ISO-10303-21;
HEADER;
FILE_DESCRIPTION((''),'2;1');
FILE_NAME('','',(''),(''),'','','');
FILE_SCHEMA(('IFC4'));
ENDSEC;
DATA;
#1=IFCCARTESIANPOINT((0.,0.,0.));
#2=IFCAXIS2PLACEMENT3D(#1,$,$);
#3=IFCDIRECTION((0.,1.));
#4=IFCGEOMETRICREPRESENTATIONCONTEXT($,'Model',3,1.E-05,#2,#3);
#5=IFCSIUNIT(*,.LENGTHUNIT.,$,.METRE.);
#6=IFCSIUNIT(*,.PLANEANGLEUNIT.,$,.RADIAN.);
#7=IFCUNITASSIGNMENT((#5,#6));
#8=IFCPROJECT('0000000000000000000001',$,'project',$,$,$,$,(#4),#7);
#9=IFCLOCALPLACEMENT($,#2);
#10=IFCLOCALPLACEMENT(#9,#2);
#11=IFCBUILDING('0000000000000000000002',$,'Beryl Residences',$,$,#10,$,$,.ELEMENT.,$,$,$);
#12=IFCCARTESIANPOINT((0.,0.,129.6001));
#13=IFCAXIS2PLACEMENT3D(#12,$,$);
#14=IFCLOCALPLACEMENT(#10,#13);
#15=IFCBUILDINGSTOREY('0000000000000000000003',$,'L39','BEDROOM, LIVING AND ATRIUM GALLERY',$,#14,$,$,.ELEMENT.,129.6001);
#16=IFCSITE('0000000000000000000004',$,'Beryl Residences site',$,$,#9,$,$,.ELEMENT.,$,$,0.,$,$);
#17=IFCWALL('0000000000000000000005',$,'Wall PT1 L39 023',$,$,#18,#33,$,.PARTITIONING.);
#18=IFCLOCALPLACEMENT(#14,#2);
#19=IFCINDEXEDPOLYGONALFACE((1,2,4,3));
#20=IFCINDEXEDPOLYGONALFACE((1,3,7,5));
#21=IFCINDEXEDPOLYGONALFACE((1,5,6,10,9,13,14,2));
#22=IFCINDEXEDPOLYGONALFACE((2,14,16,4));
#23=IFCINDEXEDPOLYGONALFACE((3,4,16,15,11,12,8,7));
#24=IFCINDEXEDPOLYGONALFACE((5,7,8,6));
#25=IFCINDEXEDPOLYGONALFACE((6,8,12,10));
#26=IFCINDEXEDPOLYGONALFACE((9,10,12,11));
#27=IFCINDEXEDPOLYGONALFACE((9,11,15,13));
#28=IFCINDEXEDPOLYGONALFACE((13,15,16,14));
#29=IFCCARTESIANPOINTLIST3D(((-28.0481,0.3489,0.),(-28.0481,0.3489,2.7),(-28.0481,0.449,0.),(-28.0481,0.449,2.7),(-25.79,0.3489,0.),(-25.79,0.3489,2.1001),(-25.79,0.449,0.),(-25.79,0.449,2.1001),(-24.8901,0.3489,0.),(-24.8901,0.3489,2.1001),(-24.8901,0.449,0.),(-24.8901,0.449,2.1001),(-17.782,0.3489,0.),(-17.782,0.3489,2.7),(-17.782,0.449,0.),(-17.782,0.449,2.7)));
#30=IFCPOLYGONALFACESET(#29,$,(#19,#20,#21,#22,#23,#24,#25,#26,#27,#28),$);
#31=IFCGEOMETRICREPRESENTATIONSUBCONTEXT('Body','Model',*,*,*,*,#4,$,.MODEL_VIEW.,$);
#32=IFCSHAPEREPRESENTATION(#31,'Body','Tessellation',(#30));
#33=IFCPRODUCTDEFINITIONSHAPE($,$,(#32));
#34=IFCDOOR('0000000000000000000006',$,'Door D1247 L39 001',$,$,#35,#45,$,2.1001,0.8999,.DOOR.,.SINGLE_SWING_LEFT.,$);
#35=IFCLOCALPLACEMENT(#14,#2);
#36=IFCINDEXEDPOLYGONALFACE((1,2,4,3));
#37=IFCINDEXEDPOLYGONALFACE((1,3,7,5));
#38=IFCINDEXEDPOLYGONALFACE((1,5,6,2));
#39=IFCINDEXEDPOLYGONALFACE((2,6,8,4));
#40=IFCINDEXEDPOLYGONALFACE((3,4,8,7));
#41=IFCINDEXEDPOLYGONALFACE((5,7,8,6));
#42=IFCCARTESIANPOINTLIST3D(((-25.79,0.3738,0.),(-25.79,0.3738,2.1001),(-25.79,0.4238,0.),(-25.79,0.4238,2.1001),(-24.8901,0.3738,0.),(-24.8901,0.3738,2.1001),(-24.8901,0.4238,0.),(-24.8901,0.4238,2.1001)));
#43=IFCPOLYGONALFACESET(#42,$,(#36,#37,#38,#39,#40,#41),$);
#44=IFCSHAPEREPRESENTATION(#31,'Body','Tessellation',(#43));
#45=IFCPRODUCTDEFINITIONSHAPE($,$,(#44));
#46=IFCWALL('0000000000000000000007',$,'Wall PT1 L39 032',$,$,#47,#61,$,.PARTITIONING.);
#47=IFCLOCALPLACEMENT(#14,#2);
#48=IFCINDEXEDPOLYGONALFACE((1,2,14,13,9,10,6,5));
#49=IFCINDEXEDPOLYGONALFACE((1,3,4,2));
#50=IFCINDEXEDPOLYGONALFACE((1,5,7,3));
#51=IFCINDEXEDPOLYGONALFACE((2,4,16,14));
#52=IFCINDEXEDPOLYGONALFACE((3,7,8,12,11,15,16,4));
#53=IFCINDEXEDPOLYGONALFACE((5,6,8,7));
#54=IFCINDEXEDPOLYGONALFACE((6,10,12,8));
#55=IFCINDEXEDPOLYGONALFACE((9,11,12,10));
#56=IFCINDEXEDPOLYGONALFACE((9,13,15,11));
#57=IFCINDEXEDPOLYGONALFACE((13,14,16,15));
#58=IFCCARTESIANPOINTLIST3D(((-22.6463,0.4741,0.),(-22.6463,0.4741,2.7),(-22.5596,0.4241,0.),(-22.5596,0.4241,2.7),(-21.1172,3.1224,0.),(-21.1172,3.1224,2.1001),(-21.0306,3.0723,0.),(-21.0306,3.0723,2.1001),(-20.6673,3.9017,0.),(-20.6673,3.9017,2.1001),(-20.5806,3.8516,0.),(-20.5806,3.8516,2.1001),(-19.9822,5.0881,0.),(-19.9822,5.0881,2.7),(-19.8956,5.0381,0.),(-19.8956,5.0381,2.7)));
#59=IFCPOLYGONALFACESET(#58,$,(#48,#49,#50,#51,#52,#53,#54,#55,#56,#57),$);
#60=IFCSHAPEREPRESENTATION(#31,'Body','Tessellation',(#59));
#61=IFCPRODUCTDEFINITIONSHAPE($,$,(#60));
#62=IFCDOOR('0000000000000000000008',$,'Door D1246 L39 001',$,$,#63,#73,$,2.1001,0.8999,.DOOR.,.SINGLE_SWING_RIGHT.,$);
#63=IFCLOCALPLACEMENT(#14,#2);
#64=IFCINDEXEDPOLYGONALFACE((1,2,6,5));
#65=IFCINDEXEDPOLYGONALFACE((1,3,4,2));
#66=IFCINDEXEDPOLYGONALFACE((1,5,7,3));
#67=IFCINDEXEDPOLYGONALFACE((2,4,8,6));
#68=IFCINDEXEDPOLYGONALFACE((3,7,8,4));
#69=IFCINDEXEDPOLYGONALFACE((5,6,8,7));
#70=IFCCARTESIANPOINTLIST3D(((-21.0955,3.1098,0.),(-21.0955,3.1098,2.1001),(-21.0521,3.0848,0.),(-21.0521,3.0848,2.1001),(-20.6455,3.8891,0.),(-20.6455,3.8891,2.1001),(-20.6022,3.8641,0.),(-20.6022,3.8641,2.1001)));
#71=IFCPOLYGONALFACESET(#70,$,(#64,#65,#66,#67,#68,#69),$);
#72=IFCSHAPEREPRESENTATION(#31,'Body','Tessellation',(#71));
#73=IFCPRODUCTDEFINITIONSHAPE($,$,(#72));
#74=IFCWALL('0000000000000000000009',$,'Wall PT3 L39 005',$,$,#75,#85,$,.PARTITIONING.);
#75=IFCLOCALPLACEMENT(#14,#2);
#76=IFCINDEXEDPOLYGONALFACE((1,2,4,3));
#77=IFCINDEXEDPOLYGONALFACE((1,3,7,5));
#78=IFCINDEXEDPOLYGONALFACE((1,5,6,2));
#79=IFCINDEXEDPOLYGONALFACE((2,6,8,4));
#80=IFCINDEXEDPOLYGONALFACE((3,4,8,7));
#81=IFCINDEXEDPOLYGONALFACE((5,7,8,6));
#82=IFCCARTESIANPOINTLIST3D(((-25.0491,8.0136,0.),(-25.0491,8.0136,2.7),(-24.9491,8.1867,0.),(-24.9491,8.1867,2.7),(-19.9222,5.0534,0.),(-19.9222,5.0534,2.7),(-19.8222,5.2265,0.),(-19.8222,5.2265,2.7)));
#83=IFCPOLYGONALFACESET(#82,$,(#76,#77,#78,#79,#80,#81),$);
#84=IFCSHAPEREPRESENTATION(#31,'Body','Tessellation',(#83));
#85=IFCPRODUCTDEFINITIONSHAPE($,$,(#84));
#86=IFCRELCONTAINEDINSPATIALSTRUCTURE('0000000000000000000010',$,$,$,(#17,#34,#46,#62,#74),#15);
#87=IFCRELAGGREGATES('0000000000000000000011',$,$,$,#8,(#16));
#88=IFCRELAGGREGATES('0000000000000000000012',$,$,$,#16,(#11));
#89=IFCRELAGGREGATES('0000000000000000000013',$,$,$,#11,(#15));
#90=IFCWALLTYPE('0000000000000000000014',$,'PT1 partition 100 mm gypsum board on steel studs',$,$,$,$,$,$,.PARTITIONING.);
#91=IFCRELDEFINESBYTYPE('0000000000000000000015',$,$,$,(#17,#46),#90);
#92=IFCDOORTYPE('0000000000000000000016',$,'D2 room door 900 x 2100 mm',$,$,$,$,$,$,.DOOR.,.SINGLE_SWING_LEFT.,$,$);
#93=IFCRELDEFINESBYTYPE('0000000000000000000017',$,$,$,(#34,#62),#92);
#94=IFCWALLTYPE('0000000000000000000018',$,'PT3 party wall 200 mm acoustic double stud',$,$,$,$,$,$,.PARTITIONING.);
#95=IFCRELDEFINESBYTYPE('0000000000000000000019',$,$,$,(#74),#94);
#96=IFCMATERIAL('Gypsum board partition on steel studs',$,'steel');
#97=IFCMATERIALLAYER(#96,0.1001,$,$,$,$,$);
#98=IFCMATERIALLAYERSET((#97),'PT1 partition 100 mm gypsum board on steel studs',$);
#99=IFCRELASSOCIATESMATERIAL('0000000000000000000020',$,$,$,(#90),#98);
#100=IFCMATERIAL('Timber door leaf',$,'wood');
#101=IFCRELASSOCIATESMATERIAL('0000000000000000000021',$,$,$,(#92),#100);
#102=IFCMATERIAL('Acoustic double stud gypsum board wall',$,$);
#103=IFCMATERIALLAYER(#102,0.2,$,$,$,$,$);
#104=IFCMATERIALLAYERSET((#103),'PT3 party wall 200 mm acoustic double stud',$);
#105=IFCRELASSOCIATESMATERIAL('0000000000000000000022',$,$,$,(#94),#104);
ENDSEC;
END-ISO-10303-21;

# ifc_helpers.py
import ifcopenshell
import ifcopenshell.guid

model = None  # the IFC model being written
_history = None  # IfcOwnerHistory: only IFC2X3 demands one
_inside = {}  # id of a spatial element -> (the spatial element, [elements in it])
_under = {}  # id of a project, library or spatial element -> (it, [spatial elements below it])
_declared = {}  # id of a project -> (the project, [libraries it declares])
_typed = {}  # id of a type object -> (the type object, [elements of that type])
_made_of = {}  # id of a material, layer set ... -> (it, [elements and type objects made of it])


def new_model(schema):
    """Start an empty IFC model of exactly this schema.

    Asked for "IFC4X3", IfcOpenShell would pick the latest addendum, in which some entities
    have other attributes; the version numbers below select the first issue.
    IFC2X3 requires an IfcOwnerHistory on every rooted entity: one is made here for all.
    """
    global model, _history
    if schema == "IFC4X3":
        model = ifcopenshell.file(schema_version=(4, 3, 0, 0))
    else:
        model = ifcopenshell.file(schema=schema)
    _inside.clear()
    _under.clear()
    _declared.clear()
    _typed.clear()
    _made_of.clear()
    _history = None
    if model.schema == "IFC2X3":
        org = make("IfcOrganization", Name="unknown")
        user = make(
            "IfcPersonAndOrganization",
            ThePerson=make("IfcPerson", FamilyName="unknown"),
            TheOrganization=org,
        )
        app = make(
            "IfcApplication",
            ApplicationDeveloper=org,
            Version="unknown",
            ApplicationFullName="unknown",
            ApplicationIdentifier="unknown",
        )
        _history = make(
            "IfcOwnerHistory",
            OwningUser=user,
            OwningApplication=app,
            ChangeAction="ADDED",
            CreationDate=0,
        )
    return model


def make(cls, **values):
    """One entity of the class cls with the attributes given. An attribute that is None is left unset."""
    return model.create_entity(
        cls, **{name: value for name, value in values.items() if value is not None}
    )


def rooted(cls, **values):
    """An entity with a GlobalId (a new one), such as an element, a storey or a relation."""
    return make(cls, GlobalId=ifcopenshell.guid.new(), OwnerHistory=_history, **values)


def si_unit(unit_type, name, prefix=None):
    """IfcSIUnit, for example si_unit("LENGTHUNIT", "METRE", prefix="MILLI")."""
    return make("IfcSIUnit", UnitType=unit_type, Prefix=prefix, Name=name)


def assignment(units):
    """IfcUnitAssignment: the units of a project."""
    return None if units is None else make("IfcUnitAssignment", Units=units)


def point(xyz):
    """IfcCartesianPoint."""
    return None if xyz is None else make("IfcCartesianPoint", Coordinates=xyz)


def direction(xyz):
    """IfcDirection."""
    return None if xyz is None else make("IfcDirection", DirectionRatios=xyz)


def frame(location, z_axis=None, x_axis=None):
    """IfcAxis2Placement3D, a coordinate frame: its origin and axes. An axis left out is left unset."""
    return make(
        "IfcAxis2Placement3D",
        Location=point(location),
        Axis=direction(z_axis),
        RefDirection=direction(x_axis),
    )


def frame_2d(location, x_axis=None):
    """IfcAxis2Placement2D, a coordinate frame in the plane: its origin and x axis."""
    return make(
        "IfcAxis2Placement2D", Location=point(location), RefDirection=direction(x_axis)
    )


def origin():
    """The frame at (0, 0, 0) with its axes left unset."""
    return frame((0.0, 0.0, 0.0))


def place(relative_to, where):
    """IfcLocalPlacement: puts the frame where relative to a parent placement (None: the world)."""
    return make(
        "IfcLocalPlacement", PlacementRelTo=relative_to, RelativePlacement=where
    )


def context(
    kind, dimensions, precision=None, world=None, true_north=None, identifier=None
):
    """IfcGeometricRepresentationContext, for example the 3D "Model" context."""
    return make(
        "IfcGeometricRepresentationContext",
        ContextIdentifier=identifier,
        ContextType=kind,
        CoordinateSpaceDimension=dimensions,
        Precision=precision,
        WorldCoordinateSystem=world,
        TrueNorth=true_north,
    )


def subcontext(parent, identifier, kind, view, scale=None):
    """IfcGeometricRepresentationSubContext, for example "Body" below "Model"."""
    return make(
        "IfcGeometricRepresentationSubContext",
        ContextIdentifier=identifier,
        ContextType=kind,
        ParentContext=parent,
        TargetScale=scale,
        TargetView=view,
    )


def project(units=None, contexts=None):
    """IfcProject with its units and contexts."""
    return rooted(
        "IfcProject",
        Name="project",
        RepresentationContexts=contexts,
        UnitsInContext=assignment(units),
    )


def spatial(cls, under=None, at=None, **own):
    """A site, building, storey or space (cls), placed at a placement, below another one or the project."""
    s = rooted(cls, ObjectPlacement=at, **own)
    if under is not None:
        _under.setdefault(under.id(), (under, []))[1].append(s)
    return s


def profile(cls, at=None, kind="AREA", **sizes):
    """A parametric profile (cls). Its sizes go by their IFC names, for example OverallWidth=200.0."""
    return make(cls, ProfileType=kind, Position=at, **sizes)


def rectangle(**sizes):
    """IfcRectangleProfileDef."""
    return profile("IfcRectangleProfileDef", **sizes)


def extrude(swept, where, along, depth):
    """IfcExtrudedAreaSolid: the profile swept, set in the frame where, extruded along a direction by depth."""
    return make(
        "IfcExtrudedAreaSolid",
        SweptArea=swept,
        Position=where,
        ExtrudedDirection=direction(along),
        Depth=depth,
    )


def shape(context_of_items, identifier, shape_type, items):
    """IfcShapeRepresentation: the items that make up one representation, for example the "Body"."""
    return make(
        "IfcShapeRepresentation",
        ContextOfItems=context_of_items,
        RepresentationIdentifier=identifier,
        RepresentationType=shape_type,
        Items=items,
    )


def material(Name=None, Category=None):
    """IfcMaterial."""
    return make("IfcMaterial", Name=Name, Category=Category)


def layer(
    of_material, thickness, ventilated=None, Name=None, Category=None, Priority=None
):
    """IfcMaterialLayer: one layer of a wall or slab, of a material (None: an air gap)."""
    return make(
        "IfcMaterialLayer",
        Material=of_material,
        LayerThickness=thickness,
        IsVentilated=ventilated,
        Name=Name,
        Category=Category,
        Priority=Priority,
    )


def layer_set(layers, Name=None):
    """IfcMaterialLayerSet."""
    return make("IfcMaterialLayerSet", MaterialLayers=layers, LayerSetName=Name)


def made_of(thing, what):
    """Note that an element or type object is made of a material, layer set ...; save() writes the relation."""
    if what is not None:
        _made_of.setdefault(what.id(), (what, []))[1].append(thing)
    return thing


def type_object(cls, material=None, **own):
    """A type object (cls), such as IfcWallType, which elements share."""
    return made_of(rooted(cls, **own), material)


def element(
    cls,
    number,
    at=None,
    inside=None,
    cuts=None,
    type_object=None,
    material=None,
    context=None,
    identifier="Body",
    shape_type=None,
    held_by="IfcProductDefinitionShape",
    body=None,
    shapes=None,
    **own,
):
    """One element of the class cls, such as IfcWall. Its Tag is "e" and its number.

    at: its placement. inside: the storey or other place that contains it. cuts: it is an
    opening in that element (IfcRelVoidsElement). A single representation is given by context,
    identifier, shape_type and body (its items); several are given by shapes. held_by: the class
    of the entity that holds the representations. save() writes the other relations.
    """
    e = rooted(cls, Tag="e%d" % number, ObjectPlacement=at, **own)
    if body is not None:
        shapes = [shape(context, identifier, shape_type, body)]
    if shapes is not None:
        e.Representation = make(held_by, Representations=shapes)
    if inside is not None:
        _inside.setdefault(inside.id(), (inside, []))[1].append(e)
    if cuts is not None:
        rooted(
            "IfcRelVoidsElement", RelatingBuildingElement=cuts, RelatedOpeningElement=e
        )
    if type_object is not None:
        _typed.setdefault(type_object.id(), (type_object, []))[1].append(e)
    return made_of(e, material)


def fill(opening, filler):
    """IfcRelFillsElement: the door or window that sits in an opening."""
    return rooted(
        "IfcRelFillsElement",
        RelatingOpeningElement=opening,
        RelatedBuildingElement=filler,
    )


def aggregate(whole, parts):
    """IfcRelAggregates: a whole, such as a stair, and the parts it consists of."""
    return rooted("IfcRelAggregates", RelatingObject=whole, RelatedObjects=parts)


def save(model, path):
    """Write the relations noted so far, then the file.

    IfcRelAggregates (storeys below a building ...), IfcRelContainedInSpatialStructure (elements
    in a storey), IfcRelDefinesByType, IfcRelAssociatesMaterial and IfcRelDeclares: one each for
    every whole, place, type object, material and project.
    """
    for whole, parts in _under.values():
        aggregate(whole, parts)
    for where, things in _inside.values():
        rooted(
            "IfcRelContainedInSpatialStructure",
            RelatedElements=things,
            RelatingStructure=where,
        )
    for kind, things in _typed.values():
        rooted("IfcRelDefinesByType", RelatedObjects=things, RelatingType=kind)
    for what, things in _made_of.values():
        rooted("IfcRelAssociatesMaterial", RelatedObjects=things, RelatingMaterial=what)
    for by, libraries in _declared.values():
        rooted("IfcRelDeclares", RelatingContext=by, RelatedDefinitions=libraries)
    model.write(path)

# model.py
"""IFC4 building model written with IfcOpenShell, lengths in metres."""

from ifc_helpers import new_model, si_unit, direction, frame, frame_2d, origin, place, context, subcontext, project, spatial, rectangle, extrude, material, layer, layer_set, type_object, element, fill, save


model = new_model("IFC4")

# Units and contexts
model_context = context("Model", 3, precision=1e-05, world=origin(), true_north=direction((0.0, 1.0)))
body_context = subcontext(model_context, "Body", "Model", "MODEL_VIEW")
ifc_project = project(units=[si_unit("LENGTHUNIT", "METRE"), si_unit("PLANEANGLEUNIT", "RADIAN")], contexts=[model_context])

# Site, building, storey
site_placement = place(None, origin())
site = spatial("IfcSite", under=ifc_project, at=site_placement, Name="Beryl Residences site", CompositionType="ELEMENT", RefElevation=0.0)
building_placement = place(site_placement, origin())
building = spatial("IfcBuilding", under=site, at=building_placement, Name="Beryl Residences", CompositionType="ELEMENT")
storey_placement = place(building_placement, frame((0.0, 0.0, 129.6001)))
storey = spatial("IfcBuildingStorey", under=building, at=storey_placement, Name="L39", Description="BEDROOM, LIVING AND ATRIUM GALLERY", CompositionType="ELEMENT", Elevation=129.6001)

# Shared definitions
ifc_material_1 = material(Name="Gypsum board partition on steel studs", Category="steel")
ifc_layer_1 = layer(ifc_material_1, 0.1001)
ifc_layer_set_1 = layer_set([ifc_layer_1], Name="PT1 partition 100 mm gypsum board on steel studs")
wall_type_1 = type_object("IfcWallType", Name="PT1 partition 100 mm gypsum board on steel studs", PredefinedType="PARTITIONING", material=ifc_layer_set_1)

# Walls, openings, doors
wall_1_placement = place(storey_placement, frame((-28.0481, 0.3989, 0.0), z_axis=(0.0, 0.0, 1.0), x_axis=(1.0, 0.0, 0.0)))
wall_1 = element("IfcWall", 1, at=wall_1_placement, inside=storey, type_object=wall_type_1, Name="Wall PT1 L39 023", PredefinedType="PARTITIONING", context=body_context, shape_type="SweptSolid", body=[
    extrude(rectangle(XDim=10.2661, YDim=0.1001, at=frame_2d((5.1331, 0.0))), origin(), (0.0, 0.0, 1.0), 2.7),
])
opening_1_placement = place(wall_1_placement, frame((2.2581, 0.0, 0.0)))
opening_1 = element("IfcOpeningElement", 2, at=opening_1_placement, cuts=wall_1, PredefinedType="OPENING", context=body_context, shape_type="SweptSolid", body=[
    extrude(rectangle(XDim=0.8999, YDim=2.1001, at=frame_2d((0.45, 1.05))), frame((0.0, 0.0601, 0.0), z_axis=(0.0, -1.0, 0.0), x_axis=(1.0, 0.0, 0.0)), (0.0, 0.0, 1.0), 0.1201),
])
ifc_material_2 = material(Name="Timber door leaf", Category="wood")
door_type_1 = type_object("IfcDoorType", Name="D2 room door 900 x 2100 mm", OperationType="SINGLE_SWING_LEFT", PredefinedType="DOOR", material=ifc_material_2)
door_1_placement = place(opening_1_placement, origin())
door_1 = element("IfcDoor", 3, at=door_1_placement, inside=storey, type_object=door_type_1, Name="Door D1247 L39 001", OperationType="SINGLE_SWING_LEFT", OverallHeight=2.1001, OverallWidth=0.8999, PredefinedType="DOOR", context=body_context, shape_type="SweptSolid", body=[
    extrude(rectangle(XDim=0.8999, YDim=2.1001, at=frame_2d((0.45, 1.05))), frame((0.0, 0.0249, 0.0), z_axis=(0.0, -1.0, 0.0), x_axis=(1.0, 0.0, 0.0)), (0.0, 0.0, 1.0), 0.05),
])
fill(opening_1, door_1)
wall_2_placement = place(storey_placement, frame((-22.603, 0.449, 0.0), z_axis=(0.0, 0.0, 1.0), x_axis=(0.500023, 0.866012, 0.0)))
wall_2 = element("IfcWall", 4, at=wall_2_placement, inside=storey, type_object=wall_type_1, Name="Wall PT1 L39 032", PredefinedType="PARTITIONING", context=body_context, shape_type="SweptSolid", body=[
    extrude(rectangle(XDim=5.3279, YDim=0.1001, at=frame_2d((2.6641, 0.0))), origin(), (0.0, 0.0, 1.0), 2.7),
])
opening_2_placement = place(wall_2_placement, frame((3.0581, 0.0, 0.0)))
opening_2 = element("IfcOpeningElement", 5, at=opening_2_placement, cuts=wall_2, PredefinedType="OPENING", context=body_context, shape_type="SweptSolid", body=[
    extrude(rectangle(XDim=0.8999, YDim=2.1001, at=frame_2d((0.45, 1.05))), frame((0.0, 0.0601, 0.0), z_axis=(0.0, -1.0, 0.0), x_axis=(1.0, 0.0, 0.0)), (0.0, 0.0, 1.0), 0.1201),
])
door_2_placement = place(opening_2_placement, origin())
door_2 = element("IfcDoor", 6, at=door_2_placement, inside=storey, type_object=door_type_1, Name="Door D1246 L39 001", OperationType="SINGLE_SWING_RIGHT", OverallHeight=2.1001, OverallWidth=0.8999, PredefinedType="DOOR", context=body_context, shape_type="SweptSolid", body=[
    extrude(rectangle(XDim=0.8999, YDim=2.1001, at=frame_2d((0.45, 1.05))), frame((0.0, 0.0249, 0.0), z_axis=(0.0, -1.0, 0.0), x_axis=(1.0, 0.0, 0.0)), (0.0, 0.0, 1.0), 0.05),
])
fill(opening_2, door_2)

# Wall
ifc_material_3 = material(Name="Acoustic double stud gypsum board wall")
ifc_layer_2 = layer(ifc_material_3, 0.2)
ifc_layer_set_2 = layer_set([ifc_layer_2], Name="PT3 party wall 200 mm acoustic double stud")
wall_type_2 = type_object("IfcWallType", Name="PT3 party wall 200 mm acoustic double stud", PredefinedType="PARTITIONING", material=ifc_layer_set_2)
wall_3_placement = place(storey_placement, frame((-24.999, 8.1001, 0.0), z_axis=(0.0, 0.0, 1.0), x_axis=(0.866014, -0.50002, 0.0)))
element("IfcWall", 7, at=wall_3_placement, inside=storey, type_object=wall_type_2, Name="Wall PT3 L39 005", PredefinedType="PARTITIONING", context=body_context, shape_type="SweptSolid", body=[
    extrude(rectangle(XDim=5.9202, YDim=0.2, at=frame_2d((2.96, 0.0))), origin(), (0.0, 0.0, 1.0), 2.7),
])

save(model, "model.ifc")
